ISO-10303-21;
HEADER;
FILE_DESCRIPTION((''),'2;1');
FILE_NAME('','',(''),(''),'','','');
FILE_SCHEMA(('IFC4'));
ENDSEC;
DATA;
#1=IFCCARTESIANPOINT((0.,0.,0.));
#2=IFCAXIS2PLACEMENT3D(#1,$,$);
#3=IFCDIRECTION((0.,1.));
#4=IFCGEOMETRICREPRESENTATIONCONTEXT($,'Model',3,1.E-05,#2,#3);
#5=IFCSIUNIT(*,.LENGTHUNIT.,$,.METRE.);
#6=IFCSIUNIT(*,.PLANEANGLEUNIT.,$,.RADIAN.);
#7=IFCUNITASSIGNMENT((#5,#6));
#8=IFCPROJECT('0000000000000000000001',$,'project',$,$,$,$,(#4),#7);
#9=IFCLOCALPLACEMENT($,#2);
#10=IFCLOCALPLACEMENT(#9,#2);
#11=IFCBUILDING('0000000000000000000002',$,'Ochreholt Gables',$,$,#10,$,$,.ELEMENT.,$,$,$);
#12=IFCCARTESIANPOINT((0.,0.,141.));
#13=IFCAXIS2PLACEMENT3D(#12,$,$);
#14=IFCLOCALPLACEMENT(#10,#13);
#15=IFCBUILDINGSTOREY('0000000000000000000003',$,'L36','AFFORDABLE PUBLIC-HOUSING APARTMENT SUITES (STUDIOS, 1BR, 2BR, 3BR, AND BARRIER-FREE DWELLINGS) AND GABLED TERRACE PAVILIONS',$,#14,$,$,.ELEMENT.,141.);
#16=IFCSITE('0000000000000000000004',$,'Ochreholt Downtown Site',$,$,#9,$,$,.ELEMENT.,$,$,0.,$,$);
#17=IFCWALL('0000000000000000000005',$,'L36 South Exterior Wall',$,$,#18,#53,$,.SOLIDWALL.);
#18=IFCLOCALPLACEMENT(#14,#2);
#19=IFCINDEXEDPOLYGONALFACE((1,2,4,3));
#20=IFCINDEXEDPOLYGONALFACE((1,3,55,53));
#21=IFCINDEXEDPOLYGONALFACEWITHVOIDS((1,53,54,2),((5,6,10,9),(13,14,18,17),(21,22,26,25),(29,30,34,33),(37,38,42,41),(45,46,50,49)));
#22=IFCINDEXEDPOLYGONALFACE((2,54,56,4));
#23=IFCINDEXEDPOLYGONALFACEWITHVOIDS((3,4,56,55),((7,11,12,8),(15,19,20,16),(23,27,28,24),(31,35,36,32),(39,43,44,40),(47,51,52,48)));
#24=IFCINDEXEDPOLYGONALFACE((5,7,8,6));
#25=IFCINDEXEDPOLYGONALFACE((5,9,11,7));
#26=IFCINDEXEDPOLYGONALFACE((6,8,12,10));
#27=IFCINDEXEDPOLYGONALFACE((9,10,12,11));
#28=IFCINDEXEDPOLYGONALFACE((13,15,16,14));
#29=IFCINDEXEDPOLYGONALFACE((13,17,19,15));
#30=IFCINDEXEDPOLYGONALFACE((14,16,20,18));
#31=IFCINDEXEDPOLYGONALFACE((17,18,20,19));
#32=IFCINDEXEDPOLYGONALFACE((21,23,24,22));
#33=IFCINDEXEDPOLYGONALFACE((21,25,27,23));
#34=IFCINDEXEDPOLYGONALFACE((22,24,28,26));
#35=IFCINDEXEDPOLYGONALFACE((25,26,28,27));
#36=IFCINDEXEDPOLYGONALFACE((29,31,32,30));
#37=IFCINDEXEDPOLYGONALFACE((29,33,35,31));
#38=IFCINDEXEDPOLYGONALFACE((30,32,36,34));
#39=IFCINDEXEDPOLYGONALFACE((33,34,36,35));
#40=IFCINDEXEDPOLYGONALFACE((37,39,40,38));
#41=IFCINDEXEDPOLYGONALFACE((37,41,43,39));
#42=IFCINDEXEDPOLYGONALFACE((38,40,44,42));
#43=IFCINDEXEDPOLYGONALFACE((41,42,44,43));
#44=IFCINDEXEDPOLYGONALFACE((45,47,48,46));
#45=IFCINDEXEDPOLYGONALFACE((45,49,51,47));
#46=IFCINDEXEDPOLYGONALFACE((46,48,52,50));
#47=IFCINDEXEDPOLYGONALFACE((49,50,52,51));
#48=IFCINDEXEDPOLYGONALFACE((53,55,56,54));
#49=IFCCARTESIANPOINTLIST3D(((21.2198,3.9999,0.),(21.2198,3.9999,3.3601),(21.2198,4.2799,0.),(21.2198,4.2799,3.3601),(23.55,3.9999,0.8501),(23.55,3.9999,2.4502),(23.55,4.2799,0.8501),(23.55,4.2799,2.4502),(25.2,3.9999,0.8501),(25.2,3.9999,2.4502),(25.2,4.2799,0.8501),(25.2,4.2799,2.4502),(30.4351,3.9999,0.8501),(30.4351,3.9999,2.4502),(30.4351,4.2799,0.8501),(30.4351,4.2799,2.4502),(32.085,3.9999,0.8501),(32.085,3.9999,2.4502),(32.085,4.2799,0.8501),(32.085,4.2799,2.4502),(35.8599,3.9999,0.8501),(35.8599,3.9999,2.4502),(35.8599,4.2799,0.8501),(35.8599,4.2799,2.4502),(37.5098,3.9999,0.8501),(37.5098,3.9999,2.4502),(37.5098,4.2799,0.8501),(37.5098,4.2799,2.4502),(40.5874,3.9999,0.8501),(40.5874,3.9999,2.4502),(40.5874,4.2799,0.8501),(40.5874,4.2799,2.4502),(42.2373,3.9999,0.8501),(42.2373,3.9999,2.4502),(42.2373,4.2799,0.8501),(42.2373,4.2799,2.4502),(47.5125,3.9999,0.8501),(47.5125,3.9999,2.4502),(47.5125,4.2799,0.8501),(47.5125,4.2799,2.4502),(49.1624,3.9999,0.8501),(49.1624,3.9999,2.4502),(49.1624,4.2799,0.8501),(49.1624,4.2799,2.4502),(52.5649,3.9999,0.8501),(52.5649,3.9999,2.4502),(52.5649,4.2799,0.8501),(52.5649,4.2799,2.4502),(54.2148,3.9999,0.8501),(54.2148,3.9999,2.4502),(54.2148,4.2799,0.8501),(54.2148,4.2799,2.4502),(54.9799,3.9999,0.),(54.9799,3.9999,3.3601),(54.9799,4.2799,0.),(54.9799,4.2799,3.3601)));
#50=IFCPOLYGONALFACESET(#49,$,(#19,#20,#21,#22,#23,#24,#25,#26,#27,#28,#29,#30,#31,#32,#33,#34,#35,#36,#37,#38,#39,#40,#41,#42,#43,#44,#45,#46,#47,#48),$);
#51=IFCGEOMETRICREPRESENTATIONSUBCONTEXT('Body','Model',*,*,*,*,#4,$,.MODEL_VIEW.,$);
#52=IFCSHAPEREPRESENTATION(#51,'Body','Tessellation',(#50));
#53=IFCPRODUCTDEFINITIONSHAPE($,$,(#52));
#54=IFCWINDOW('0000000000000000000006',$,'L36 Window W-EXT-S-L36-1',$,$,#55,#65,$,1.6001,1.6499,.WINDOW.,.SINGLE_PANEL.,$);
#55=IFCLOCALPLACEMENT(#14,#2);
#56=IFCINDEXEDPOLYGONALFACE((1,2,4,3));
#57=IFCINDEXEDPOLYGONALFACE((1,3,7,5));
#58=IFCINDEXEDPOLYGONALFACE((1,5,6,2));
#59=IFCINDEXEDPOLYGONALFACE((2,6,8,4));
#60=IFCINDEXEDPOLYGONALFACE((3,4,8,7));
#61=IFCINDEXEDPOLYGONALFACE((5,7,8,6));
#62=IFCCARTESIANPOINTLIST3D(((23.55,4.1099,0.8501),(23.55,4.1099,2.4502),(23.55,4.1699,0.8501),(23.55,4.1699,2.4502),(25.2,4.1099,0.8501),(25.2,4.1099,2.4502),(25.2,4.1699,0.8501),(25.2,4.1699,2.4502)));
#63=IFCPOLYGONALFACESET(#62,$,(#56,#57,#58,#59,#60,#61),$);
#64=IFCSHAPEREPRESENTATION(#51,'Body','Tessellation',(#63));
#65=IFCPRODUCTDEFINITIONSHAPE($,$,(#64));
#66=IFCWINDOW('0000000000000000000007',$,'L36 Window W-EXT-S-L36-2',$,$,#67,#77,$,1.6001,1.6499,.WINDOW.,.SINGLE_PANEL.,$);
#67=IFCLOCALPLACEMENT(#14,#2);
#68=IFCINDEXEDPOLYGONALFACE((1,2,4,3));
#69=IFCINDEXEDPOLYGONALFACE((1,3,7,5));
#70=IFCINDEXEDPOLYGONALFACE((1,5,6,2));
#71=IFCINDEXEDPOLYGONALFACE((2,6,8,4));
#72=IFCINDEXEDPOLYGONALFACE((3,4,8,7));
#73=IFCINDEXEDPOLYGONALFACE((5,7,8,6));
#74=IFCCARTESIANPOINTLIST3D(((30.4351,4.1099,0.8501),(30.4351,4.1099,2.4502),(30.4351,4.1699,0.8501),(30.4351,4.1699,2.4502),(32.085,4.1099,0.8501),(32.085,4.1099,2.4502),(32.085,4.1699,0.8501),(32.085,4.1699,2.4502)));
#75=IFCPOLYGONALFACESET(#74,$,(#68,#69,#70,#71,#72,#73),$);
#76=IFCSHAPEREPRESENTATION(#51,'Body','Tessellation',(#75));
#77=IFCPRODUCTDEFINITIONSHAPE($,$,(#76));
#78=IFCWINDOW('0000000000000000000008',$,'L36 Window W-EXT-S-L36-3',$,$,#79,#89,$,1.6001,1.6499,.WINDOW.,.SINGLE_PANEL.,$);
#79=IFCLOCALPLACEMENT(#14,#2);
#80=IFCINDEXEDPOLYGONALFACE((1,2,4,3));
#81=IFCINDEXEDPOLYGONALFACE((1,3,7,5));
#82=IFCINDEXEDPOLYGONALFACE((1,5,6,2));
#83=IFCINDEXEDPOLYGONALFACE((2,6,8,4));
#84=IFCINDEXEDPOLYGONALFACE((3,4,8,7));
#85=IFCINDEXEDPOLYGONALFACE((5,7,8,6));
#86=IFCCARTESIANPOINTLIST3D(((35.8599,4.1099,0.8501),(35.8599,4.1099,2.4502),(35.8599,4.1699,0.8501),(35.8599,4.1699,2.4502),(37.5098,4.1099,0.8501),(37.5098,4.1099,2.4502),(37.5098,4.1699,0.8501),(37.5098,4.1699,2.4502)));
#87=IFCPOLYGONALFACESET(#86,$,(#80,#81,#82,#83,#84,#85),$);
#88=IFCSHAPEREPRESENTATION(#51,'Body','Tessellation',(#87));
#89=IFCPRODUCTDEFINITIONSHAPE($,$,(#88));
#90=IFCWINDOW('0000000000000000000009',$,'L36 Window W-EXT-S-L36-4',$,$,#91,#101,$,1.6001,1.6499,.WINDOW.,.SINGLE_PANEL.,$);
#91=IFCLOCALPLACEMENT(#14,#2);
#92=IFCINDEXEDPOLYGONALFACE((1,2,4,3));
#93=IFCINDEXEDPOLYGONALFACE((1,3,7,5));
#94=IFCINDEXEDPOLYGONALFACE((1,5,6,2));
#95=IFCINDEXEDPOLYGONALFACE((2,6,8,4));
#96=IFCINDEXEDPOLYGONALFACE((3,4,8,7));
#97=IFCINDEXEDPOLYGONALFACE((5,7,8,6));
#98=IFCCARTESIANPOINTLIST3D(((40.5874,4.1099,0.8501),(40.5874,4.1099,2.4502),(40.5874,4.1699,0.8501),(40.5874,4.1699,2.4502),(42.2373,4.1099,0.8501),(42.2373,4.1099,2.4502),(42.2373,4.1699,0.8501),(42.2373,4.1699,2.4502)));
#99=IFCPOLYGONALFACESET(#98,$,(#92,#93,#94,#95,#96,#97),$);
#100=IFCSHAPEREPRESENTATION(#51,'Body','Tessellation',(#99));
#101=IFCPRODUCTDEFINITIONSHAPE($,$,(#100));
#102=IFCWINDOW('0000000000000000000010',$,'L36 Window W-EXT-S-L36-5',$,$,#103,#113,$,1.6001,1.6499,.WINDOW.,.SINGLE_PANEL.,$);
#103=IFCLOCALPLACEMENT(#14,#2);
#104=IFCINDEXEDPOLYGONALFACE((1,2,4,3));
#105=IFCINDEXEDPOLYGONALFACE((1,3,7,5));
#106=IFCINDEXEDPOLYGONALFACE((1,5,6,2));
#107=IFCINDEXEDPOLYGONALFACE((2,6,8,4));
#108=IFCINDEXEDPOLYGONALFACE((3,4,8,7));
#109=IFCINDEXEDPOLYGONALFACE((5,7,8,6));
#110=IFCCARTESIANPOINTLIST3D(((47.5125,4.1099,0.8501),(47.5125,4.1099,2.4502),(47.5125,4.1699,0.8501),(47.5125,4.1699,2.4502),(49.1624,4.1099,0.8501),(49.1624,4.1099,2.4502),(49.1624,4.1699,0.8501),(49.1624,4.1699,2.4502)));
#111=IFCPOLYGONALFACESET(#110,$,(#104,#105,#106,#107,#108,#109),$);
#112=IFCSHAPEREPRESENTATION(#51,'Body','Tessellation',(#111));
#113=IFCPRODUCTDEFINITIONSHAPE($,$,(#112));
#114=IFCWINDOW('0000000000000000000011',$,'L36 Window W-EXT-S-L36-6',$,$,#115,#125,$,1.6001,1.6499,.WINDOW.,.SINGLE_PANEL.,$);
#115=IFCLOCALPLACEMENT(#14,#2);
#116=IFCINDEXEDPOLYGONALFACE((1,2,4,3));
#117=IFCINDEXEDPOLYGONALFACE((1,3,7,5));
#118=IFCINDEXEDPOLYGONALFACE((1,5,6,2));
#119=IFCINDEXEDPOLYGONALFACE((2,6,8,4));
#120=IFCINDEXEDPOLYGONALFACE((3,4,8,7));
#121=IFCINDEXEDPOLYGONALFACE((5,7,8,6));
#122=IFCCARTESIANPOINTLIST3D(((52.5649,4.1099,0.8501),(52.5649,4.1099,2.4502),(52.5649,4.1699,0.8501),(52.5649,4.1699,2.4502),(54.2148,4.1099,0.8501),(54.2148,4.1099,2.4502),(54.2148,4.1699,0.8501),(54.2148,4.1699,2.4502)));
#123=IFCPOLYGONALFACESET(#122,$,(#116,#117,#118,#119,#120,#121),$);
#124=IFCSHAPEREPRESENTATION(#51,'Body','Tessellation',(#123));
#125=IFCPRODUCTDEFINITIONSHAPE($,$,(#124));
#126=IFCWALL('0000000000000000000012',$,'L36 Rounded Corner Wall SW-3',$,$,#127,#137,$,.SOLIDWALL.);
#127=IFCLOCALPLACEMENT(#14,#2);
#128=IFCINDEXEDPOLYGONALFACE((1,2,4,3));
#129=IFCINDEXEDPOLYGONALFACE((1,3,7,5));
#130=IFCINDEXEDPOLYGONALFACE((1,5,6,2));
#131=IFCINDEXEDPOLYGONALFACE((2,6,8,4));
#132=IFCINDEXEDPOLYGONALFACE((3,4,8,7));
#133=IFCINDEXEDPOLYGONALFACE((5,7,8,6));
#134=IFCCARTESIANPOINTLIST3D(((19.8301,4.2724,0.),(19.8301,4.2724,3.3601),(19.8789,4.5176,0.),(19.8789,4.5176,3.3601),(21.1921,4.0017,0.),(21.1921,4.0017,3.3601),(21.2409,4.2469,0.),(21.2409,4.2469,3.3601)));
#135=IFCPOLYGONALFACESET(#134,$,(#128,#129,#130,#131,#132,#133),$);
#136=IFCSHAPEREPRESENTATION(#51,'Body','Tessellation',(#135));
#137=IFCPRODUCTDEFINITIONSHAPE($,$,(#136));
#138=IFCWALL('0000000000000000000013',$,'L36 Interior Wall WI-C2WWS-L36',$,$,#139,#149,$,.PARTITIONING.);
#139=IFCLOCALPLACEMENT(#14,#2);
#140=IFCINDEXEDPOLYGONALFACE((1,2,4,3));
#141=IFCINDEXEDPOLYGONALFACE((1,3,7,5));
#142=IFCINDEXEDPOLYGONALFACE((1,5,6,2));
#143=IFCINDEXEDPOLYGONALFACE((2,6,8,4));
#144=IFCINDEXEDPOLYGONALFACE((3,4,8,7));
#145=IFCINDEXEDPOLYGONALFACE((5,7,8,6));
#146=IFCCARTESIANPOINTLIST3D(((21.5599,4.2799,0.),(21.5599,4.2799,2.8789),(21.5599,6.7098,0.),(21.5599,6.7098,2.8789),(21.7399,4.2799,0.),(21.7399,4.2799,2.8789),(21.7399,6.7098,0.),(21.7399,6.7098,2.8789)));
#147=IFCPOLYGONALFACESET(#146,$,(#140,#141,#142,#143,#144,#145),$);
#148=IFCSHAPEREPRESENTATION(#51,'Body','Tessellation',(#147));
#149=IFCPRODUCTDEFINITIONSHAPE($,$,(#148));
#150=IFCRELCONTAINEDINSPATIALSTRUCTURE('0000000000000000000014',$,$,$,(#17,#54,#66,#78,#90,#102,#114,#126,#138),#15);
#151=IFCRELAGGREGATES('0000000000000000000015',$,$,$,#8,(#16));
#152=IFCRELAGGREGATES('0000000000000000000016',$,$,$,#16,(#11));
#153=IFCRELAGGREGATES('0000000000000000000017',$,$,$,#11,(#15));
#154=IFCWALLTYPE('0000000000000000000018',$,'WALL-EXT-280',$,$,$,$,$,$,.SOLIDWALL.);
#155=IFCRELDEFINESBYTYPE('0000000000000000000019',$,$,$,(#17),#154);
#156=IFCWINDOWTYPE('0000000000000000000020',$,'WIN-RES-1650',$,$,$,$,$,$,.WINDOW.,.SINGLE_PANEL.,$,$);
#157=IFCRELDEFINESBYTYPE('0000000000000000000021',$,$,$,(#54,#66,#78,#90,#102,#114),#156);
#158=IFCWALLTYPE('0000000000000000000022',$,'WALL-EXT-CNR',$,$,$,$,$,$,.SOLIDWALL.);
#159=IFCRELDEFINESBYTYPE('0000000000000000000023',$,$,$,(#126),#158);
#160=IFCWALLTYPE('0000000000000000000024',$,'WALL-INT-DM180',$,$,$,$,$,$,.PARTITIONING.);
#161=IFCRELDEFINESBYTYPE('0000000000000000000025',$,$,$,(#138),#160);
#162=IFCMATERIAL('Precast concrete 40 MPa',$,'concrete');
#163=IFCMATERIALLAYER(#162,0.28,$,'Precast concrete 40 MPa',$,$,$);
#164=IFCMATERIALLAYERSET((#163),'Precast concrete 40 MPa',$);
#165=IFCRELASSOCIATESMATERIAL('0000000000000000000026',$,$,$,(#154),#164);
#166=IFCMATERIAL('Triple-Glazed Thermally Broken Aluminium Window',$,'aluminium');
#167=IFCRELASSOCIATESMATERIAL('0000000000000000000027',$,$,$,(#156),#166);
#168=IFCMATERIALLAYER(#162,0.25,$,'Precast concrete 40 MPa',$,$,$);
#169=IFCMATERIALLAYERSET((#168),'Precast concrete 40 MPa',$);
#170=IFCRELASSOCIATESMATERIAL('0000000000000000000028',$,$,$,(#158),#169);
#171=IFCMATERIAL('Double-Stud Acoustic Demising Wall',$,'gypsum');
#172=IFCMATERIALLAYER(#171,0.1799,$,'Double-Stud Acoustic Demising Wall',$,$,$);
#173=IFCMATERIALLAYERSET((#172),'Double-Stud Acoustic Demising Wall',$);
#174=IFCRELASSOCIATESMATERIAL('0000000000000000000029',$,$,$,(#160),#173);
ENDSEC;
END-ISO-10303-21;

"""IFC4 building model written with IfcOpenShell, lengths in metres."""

from ifc_helpers import new_model, si_unit, direction, frame, frame_2d, origin, place, context, subcontext, project, spatial, rectangle, extrude, material, layer, layer_set, type_object, element, fill, save


model = new_model("IFC4")

# Units and contexts
model_context = context("Model", 3, precision=1e-05, world=origin(), true_north=direction((0.0, 1.0)))
body_context = subcontext(model_context, "Body", "Model", "MODEL_VIEW")
ifc_project = project(units=[si_unit("LENGTHUNIT", "METRE"), si_unit("PLANEANGLEUNIT", "RADIAN")], contexts=[model_context])

# Site, building, storey
site_placement = place(None, origin())
site = spatial("IfcSite", under=ifc_project, at=site_placement, Name="Ochreholt Downtown Site", CompositionType="ELEMENT", RefElevation=0.0)
building_placement = place(site_placement, origin())
building = spatial("IfcBuilding", under=site, at=building_placement, Name="Ochreholt Gables", CompositionType="ELEMENT")
storey_placement = place(building_placement, frame((0.0, 0.0, 141.0)))
storey = spatial("IfcBuildingStorey", under=building, at=storey_placement, Name="L36", Description="AFFORDABLE PUBLIC-HOUSING APARTMENT SUITES (STUDIOS, 1BR, 2BR, 3BR, AND BARRIER-FREE DWELLINGS) AND GABLED TERRACE PAVILIONS", CompositionType="ELEMENT", Elevation=141.0)

# Wall, openings, windows
ifc_material_1 = material(Name="Precast concrete 40 MPa", Category="concrete")
ifc_layer_1 = layer(ifc_material_1, 0.28, Name="Precast concrete 40 MPa")
ifc_layer_set_1 = layer_set([ifc_layer_1], Name="Precast concrete 40 MPa")
wall_type_1 = type_object("IfcWallType", Name="WALL-EXT-280", PredefinedType="SOLIDWALL", material=ifc_layer_set_1)
wall_1_placement = place(storey_placement, frame((21.22, 4.1399, 0.0), z_axis=(0.0, 0.0, 1.0), x_axis=(1.0, 0.0, 0.0)))
wall_1 = element("IfcWall", 1, at=wall_1_placement, inside=storey, type_object=wall_type_1, Name="L36 South Exterior Wall", PredefinedType="SOLIDWALL", context=body_context, shape_type="SweptSolid", body=[
    extrude(rectangle(XDim=33.76, YDim=0.28, at=frame_2d((16.8799, 0.0))), origin(), (0.0, 0.0, 1.0), 3.3601),
])
opening_1_placement = place(wall_1_placement, frame((2.3301, 0.0, 0.8501)))
opening_1 = element("IfcOpeningElement", 2, at=opening_1_placement, cuts=wall_1, PredefinedType="OPENING", context=body_context, shape_type="SweptSolid", body=[
    extrude(rectangle(XDim=1.6499, YDim=1.6001, at=frame_2d((0.825, 0.8))), frame((0.0, 0.1499, 0.0), z_axis=(0.0, -1.0, 0.0), x_axis=(1.0, 0.0, 0.0)), (0.0, 0.0, 1.0), 0.3),
])
opening_2_placement = place(wall_1_placement, frame((9.2151, 0.0, 0.8501)))
opening_2 = element("IfcOpeningElement", 3, at=opening_2_placement, cuts=wall_1, PredefinedType="OPENING", context=body_context, shape_type="SweptSolid", body=[
    extrude(rectangle(XDim=1.6499, YDim=1.6001, at=frame_2d((0.825, 0.8))), frame((0.0, 0.1499, 0.0), z_axis=(0.0, -1.0, 0.0), x_axis=(1.0, 0.0, 0.0)), (0.0, 0.0, 1.0), 0.3),
])
opening_3_placement = place(wall_1_placement, frame((14.6399, 0.0, 0.8501)))
opening_3 = element("IfcOpeningElement", 4, at=opening_3_placement, cuts=wall_1, PredefinedType="OPENING", context=body_context, shape_type="SweptSolid", body=[
    extrude(rectangle(XDim=1.6499, YDim=1.6001, at=frame_2d((0.825, 0.8))), frame((0.0, 0.1499, 0.0), z_axis=(0.0, -1.0, 0.0), x_axis=(1.0, 0.0, 0.0)), (0.0, 0.0, 1.0), 0.3),
])
opening_4_placement = place(wall_1_placement, frame((19.3674, 0.0, 0.8501)))
opening_4 = element("IfcOpeningElement", 5, at=opening_4_placement, cuts=wall_1, PredefinedType="OPENING", context=body_context, shape_type="SweptSolid", body=[
    extrude(rectangle(XDim=1.6499, YDim=1.6001, at=frame_2d((0.825, 0.8))), frame((0.0, 0.1499, 0.0), z_axis=(0.0, -1.0, 0.0), x_axis=(1.0, 0.0, 0.0)), (0.0, 0.0, 1.0), 0.3),
])
opening_5_placement = place(wall_1_placement, frame((26.2925, 0.0, 0.8501)))
opening_5 = element("IfcOpeningElement", 6, at=opening_5_placement, cuts=wall_1, PredefinedType="OPENING", context=body_context, shape_type="SweptSolid", body=[
    extrude(rectangle(XDim=1.6499, YDim=1.6001, at=frame_2d((0.825, 0.8))), frame((0.0, 0.1499, 0.0), z_axis=(0.0, -1.0, 0.0), x_axis=(1.0, 0.0, 0.0)), (0.0, 0.0, 1.0), 0.3),
])
opening_6_placement = place(wall_1_placement, frame((31.345, 0.0, 0.8501)))
opening_6 = element("IfcOpeningElement", 7, at=opening_6_placement, cuts=wall_1, PredefinedType="OPENING", context=body_context, shape_type="SweptSolid", body=[
    extrude(rectangle(XDim=1.6499, YDim=1.6001, at=frame_2d((0.825, 0.8))), frame((0.0, 0.1499, 0.0), z_axis=(0.0, -1.0, 0.0), x_axis=(1.0, 0.0, 0.0)), (0.0, 0.0, 1.0), 0.3),
])
ifc_material_2 = material(Name="Triple-Glazed Thermally Broken Aluminium Window", Category="aluminium")
window_type = type_object("IfcWindowType", Name="WIN-RES-1650", PartitioningType="SINGLE_PANEL", PredefinedType="WINDOW", material=ifc_material_2)
window_1_placement = place(opening_1_placement, origin())
window_1 = element("IfcWindow", 8, at=window_1_placement, inside=storey, type_object=window_type, Name="L36 Window W-EXT-S-L36-1", OverallHeight=1.6001, OverallWidth=1.6499, PartitioningType="SINGLE_PANEL", PredefinedType="WINDOW", context=body_context, shape_type="SweptSolid", body=[
    extrude(rectangle(XDim=1.6499, YDim=1.6001, at=frame_2d((0.825, 0.8))), frame((0.0, 0.03, 0.0), z_axis=(0.0, -1.0, 0.0), x_axis=(1.0, 0.0, 0.0)), (0.0, 0.0, 1.0), 0.0601),
])
fill(opening_1, window_1)
window_2_placement = place(opening_2_placement, origin())
window_2 = element("IfcWindow", 9, at=window_2_placement, inside=storey, type_object=window_type, Name="L36 Window W-EXT-S-L36-2", OverallHeight=1.6001, OverallWidth=1.6499, PartitioningType="SINGLE_PANEL", PredefinedType="WINDOW", context=body_context, shape_type="SweptSolid", body=[
    extrude(rectangle(XDim=1.6499, YDim=1.6001, at=frame_2d((0.825, 0.8))), frame((0.0, 0.03, 0.0), z_axis=(0.0, -1.0, 0.0), x_axis=(1.0, 0.0, 0.0)), (0.0, 0.0, 1.0), 0.0601),
])
fill(opening_2, window_2)
window_3_placement = place(opening_3_placement, origin())
window_3 = element("IfcWindow", 10, at=window_3_placement, inside=storey, type_object=window_type, Name="L36 Window W-EXT-S-L36-3", OverallHeight=1.6001, OverallWidth=1.6499, PartitioningType="SINGLE_PANEL", PredefinedType="WINDOW", context=body_context, shape_type="SweptSolid", body=[
    extrude(rectangle(XDim=1.6499, YDim=1.6001, at=frame_2d((0.825, 0.8))), frame((0.0, 0.03, 0.0), z_axis=(0.0, -1.0, 0.0), x_axis=(1.0, 0.0, 0.0)), (0.0, 0.0, 1.0), 0.0601),
])
fill(opening_3, window_3)
window_4_placement = place(opening_4_placement, origin())
window_4 = element("IfcWindow", 11, at=window_4_placement, inside=storey, type_object=window_type, Name="L36 Window W-EXT-S-L36-4", OverallHeight=1.6001, OverallWidth=1.6499, PartitioningType="SINGLE_PANEL", PredefinedType="WINDOW", context=body_context, shape_type="SweptSolid", body=[
    extrude(rectangle(XDim=1.6499, YDim=1.6001, at=frame_2d((0.825, 0.8))), frame((0.0, 0.03, 0.0), z_axis=(0.0, -1.0, 0.0), x_axis=(1.0, 0.0, 0.0)), (0.0, 0.0, 1.0), 0.0601),
])
fill(opening_4, window_4)
window_5_placement = place(opening_5_placement, origin())
window_5 = element("IfcWindow", 12, at=window_5_placement, inside=storey, type_object=window_type, Name="L36 Window W-EXT-S-L36-5", OverallHeight=1.6001, OverallWidth=1.6499, PartitioningType="SINGLE_PANEL", PredefinedType="WINDOW", context=body_context, shape_type="SweptSolid", body=[
    extrude(rectangle(XDim=1.6499, YDim=1.6001, at=frame_2d((0.825, 0.8))), frame((0.0, 0.03, 0.0), z_axis=(0.0, -1.0, 0.0), x_axis=(1.0, 0.0, 0.0)), (0.0, 0.0, 1.0), 0.0601),
])
fill(opening_5, window_5)
window_6_placement = place(opening_6_placement, origin())
window_6 = element("IfcWindow", 13, at=window_6_placement, inside=storey, type_object=window_type, Name="L36 Window W-EXT-S-L36-6", OverallHeight=1.6001, OverallWidth=1.6499, PartitioningType="SINGLE_PANEL", PredefinedType="WINDOW", context=body_context, shape_type="SweptSolid", body=[
    extrude(rectangle(XDim=1.6499, YDim=1.6001, at=frame_2d((0.825, 0.8))), frame((0.0, 0.03, 0.0), z_axis=(0.0, -1.0, 0.0), x_axis=(1.0, 0.0, 0.0)), (0.0, 0.0, 1.0), 0.0601),
])
fill(opening_6, window_6)

# Wall
ifc_layer_2 = layer(ifc_material_1, 0.25, Name="Precast concrete 40 MPa")
ifc_layer_set_2 = layer_set([ifc_layer_2], Name="Precast concrete 40 MPa")
wall_type_2 = type_object("IfcWallType", Name="WALL-EXT-CNR", PredefinedType="SOLIDWALL", material=ifc_layer_set_2)
wall_2_placement = place(storey_placement, frame((19.8545, 4.395, 0.0), z_axis=(0.0, 0.0, 1.0), x_axis=(0.98081, -0.194967, 0.0)))
element("IfcWall", 14, at=wall_2_placement, inside=storey, type_object=wall_type_2, Name="L36 Rounded Corner Wall SW-3", PredefinedType="SOLIDWALL", context=body_context, shape_type="SweptSolid", body=[
    extrude(rectangle(XDim=1.3887, YDim=0.25, at=frame_2d((0.6943, 0.0))), origin(), (0.0, 0.0, 1.0), 3.3601),
])

# Wall
ifc_material_3 = material(Name="Double-Stud Acoustic Demising Wall", Category="gypsum")
ifc_layer_3 = layer(ifc_material_3, 0.1799, Name="Double-Stud Acoustic Demising Wall")
ifc_layer_set_3 = layer_set([ifc_layer_3], Name="Double-Stud Acoustic Demising Wall")
wall_type_3 = type_object("IfcWallType", Name="WALL-INT-DM180", PredefinedType="PARTITIONING", material=ifc_layer_set_3)
wall_3_placement = place(storey_placement, frame((21.6499, 4.28, 0.0), z_axis=(0.0, 0.0, 1.0), x_axis=(0.0, 1.0, 0.0)))
element("IfcWall", 15, at=wall_3_placement, inside=storey, type_object=wall_type_3, Name="L36 Interior Wall WI-C2WWS-L36", PredefinedType="PARTITIONING", context=body_context, shape_type="SweptSolid", body=[
    extrude(rectangle(XDim=2.4299, YDim=0.1799, at=frame_2d((1.2148, 0.0))), origin(), (0.0, 0.0, 1.0), 2.8789),
])

save(model, "model.ifc")
